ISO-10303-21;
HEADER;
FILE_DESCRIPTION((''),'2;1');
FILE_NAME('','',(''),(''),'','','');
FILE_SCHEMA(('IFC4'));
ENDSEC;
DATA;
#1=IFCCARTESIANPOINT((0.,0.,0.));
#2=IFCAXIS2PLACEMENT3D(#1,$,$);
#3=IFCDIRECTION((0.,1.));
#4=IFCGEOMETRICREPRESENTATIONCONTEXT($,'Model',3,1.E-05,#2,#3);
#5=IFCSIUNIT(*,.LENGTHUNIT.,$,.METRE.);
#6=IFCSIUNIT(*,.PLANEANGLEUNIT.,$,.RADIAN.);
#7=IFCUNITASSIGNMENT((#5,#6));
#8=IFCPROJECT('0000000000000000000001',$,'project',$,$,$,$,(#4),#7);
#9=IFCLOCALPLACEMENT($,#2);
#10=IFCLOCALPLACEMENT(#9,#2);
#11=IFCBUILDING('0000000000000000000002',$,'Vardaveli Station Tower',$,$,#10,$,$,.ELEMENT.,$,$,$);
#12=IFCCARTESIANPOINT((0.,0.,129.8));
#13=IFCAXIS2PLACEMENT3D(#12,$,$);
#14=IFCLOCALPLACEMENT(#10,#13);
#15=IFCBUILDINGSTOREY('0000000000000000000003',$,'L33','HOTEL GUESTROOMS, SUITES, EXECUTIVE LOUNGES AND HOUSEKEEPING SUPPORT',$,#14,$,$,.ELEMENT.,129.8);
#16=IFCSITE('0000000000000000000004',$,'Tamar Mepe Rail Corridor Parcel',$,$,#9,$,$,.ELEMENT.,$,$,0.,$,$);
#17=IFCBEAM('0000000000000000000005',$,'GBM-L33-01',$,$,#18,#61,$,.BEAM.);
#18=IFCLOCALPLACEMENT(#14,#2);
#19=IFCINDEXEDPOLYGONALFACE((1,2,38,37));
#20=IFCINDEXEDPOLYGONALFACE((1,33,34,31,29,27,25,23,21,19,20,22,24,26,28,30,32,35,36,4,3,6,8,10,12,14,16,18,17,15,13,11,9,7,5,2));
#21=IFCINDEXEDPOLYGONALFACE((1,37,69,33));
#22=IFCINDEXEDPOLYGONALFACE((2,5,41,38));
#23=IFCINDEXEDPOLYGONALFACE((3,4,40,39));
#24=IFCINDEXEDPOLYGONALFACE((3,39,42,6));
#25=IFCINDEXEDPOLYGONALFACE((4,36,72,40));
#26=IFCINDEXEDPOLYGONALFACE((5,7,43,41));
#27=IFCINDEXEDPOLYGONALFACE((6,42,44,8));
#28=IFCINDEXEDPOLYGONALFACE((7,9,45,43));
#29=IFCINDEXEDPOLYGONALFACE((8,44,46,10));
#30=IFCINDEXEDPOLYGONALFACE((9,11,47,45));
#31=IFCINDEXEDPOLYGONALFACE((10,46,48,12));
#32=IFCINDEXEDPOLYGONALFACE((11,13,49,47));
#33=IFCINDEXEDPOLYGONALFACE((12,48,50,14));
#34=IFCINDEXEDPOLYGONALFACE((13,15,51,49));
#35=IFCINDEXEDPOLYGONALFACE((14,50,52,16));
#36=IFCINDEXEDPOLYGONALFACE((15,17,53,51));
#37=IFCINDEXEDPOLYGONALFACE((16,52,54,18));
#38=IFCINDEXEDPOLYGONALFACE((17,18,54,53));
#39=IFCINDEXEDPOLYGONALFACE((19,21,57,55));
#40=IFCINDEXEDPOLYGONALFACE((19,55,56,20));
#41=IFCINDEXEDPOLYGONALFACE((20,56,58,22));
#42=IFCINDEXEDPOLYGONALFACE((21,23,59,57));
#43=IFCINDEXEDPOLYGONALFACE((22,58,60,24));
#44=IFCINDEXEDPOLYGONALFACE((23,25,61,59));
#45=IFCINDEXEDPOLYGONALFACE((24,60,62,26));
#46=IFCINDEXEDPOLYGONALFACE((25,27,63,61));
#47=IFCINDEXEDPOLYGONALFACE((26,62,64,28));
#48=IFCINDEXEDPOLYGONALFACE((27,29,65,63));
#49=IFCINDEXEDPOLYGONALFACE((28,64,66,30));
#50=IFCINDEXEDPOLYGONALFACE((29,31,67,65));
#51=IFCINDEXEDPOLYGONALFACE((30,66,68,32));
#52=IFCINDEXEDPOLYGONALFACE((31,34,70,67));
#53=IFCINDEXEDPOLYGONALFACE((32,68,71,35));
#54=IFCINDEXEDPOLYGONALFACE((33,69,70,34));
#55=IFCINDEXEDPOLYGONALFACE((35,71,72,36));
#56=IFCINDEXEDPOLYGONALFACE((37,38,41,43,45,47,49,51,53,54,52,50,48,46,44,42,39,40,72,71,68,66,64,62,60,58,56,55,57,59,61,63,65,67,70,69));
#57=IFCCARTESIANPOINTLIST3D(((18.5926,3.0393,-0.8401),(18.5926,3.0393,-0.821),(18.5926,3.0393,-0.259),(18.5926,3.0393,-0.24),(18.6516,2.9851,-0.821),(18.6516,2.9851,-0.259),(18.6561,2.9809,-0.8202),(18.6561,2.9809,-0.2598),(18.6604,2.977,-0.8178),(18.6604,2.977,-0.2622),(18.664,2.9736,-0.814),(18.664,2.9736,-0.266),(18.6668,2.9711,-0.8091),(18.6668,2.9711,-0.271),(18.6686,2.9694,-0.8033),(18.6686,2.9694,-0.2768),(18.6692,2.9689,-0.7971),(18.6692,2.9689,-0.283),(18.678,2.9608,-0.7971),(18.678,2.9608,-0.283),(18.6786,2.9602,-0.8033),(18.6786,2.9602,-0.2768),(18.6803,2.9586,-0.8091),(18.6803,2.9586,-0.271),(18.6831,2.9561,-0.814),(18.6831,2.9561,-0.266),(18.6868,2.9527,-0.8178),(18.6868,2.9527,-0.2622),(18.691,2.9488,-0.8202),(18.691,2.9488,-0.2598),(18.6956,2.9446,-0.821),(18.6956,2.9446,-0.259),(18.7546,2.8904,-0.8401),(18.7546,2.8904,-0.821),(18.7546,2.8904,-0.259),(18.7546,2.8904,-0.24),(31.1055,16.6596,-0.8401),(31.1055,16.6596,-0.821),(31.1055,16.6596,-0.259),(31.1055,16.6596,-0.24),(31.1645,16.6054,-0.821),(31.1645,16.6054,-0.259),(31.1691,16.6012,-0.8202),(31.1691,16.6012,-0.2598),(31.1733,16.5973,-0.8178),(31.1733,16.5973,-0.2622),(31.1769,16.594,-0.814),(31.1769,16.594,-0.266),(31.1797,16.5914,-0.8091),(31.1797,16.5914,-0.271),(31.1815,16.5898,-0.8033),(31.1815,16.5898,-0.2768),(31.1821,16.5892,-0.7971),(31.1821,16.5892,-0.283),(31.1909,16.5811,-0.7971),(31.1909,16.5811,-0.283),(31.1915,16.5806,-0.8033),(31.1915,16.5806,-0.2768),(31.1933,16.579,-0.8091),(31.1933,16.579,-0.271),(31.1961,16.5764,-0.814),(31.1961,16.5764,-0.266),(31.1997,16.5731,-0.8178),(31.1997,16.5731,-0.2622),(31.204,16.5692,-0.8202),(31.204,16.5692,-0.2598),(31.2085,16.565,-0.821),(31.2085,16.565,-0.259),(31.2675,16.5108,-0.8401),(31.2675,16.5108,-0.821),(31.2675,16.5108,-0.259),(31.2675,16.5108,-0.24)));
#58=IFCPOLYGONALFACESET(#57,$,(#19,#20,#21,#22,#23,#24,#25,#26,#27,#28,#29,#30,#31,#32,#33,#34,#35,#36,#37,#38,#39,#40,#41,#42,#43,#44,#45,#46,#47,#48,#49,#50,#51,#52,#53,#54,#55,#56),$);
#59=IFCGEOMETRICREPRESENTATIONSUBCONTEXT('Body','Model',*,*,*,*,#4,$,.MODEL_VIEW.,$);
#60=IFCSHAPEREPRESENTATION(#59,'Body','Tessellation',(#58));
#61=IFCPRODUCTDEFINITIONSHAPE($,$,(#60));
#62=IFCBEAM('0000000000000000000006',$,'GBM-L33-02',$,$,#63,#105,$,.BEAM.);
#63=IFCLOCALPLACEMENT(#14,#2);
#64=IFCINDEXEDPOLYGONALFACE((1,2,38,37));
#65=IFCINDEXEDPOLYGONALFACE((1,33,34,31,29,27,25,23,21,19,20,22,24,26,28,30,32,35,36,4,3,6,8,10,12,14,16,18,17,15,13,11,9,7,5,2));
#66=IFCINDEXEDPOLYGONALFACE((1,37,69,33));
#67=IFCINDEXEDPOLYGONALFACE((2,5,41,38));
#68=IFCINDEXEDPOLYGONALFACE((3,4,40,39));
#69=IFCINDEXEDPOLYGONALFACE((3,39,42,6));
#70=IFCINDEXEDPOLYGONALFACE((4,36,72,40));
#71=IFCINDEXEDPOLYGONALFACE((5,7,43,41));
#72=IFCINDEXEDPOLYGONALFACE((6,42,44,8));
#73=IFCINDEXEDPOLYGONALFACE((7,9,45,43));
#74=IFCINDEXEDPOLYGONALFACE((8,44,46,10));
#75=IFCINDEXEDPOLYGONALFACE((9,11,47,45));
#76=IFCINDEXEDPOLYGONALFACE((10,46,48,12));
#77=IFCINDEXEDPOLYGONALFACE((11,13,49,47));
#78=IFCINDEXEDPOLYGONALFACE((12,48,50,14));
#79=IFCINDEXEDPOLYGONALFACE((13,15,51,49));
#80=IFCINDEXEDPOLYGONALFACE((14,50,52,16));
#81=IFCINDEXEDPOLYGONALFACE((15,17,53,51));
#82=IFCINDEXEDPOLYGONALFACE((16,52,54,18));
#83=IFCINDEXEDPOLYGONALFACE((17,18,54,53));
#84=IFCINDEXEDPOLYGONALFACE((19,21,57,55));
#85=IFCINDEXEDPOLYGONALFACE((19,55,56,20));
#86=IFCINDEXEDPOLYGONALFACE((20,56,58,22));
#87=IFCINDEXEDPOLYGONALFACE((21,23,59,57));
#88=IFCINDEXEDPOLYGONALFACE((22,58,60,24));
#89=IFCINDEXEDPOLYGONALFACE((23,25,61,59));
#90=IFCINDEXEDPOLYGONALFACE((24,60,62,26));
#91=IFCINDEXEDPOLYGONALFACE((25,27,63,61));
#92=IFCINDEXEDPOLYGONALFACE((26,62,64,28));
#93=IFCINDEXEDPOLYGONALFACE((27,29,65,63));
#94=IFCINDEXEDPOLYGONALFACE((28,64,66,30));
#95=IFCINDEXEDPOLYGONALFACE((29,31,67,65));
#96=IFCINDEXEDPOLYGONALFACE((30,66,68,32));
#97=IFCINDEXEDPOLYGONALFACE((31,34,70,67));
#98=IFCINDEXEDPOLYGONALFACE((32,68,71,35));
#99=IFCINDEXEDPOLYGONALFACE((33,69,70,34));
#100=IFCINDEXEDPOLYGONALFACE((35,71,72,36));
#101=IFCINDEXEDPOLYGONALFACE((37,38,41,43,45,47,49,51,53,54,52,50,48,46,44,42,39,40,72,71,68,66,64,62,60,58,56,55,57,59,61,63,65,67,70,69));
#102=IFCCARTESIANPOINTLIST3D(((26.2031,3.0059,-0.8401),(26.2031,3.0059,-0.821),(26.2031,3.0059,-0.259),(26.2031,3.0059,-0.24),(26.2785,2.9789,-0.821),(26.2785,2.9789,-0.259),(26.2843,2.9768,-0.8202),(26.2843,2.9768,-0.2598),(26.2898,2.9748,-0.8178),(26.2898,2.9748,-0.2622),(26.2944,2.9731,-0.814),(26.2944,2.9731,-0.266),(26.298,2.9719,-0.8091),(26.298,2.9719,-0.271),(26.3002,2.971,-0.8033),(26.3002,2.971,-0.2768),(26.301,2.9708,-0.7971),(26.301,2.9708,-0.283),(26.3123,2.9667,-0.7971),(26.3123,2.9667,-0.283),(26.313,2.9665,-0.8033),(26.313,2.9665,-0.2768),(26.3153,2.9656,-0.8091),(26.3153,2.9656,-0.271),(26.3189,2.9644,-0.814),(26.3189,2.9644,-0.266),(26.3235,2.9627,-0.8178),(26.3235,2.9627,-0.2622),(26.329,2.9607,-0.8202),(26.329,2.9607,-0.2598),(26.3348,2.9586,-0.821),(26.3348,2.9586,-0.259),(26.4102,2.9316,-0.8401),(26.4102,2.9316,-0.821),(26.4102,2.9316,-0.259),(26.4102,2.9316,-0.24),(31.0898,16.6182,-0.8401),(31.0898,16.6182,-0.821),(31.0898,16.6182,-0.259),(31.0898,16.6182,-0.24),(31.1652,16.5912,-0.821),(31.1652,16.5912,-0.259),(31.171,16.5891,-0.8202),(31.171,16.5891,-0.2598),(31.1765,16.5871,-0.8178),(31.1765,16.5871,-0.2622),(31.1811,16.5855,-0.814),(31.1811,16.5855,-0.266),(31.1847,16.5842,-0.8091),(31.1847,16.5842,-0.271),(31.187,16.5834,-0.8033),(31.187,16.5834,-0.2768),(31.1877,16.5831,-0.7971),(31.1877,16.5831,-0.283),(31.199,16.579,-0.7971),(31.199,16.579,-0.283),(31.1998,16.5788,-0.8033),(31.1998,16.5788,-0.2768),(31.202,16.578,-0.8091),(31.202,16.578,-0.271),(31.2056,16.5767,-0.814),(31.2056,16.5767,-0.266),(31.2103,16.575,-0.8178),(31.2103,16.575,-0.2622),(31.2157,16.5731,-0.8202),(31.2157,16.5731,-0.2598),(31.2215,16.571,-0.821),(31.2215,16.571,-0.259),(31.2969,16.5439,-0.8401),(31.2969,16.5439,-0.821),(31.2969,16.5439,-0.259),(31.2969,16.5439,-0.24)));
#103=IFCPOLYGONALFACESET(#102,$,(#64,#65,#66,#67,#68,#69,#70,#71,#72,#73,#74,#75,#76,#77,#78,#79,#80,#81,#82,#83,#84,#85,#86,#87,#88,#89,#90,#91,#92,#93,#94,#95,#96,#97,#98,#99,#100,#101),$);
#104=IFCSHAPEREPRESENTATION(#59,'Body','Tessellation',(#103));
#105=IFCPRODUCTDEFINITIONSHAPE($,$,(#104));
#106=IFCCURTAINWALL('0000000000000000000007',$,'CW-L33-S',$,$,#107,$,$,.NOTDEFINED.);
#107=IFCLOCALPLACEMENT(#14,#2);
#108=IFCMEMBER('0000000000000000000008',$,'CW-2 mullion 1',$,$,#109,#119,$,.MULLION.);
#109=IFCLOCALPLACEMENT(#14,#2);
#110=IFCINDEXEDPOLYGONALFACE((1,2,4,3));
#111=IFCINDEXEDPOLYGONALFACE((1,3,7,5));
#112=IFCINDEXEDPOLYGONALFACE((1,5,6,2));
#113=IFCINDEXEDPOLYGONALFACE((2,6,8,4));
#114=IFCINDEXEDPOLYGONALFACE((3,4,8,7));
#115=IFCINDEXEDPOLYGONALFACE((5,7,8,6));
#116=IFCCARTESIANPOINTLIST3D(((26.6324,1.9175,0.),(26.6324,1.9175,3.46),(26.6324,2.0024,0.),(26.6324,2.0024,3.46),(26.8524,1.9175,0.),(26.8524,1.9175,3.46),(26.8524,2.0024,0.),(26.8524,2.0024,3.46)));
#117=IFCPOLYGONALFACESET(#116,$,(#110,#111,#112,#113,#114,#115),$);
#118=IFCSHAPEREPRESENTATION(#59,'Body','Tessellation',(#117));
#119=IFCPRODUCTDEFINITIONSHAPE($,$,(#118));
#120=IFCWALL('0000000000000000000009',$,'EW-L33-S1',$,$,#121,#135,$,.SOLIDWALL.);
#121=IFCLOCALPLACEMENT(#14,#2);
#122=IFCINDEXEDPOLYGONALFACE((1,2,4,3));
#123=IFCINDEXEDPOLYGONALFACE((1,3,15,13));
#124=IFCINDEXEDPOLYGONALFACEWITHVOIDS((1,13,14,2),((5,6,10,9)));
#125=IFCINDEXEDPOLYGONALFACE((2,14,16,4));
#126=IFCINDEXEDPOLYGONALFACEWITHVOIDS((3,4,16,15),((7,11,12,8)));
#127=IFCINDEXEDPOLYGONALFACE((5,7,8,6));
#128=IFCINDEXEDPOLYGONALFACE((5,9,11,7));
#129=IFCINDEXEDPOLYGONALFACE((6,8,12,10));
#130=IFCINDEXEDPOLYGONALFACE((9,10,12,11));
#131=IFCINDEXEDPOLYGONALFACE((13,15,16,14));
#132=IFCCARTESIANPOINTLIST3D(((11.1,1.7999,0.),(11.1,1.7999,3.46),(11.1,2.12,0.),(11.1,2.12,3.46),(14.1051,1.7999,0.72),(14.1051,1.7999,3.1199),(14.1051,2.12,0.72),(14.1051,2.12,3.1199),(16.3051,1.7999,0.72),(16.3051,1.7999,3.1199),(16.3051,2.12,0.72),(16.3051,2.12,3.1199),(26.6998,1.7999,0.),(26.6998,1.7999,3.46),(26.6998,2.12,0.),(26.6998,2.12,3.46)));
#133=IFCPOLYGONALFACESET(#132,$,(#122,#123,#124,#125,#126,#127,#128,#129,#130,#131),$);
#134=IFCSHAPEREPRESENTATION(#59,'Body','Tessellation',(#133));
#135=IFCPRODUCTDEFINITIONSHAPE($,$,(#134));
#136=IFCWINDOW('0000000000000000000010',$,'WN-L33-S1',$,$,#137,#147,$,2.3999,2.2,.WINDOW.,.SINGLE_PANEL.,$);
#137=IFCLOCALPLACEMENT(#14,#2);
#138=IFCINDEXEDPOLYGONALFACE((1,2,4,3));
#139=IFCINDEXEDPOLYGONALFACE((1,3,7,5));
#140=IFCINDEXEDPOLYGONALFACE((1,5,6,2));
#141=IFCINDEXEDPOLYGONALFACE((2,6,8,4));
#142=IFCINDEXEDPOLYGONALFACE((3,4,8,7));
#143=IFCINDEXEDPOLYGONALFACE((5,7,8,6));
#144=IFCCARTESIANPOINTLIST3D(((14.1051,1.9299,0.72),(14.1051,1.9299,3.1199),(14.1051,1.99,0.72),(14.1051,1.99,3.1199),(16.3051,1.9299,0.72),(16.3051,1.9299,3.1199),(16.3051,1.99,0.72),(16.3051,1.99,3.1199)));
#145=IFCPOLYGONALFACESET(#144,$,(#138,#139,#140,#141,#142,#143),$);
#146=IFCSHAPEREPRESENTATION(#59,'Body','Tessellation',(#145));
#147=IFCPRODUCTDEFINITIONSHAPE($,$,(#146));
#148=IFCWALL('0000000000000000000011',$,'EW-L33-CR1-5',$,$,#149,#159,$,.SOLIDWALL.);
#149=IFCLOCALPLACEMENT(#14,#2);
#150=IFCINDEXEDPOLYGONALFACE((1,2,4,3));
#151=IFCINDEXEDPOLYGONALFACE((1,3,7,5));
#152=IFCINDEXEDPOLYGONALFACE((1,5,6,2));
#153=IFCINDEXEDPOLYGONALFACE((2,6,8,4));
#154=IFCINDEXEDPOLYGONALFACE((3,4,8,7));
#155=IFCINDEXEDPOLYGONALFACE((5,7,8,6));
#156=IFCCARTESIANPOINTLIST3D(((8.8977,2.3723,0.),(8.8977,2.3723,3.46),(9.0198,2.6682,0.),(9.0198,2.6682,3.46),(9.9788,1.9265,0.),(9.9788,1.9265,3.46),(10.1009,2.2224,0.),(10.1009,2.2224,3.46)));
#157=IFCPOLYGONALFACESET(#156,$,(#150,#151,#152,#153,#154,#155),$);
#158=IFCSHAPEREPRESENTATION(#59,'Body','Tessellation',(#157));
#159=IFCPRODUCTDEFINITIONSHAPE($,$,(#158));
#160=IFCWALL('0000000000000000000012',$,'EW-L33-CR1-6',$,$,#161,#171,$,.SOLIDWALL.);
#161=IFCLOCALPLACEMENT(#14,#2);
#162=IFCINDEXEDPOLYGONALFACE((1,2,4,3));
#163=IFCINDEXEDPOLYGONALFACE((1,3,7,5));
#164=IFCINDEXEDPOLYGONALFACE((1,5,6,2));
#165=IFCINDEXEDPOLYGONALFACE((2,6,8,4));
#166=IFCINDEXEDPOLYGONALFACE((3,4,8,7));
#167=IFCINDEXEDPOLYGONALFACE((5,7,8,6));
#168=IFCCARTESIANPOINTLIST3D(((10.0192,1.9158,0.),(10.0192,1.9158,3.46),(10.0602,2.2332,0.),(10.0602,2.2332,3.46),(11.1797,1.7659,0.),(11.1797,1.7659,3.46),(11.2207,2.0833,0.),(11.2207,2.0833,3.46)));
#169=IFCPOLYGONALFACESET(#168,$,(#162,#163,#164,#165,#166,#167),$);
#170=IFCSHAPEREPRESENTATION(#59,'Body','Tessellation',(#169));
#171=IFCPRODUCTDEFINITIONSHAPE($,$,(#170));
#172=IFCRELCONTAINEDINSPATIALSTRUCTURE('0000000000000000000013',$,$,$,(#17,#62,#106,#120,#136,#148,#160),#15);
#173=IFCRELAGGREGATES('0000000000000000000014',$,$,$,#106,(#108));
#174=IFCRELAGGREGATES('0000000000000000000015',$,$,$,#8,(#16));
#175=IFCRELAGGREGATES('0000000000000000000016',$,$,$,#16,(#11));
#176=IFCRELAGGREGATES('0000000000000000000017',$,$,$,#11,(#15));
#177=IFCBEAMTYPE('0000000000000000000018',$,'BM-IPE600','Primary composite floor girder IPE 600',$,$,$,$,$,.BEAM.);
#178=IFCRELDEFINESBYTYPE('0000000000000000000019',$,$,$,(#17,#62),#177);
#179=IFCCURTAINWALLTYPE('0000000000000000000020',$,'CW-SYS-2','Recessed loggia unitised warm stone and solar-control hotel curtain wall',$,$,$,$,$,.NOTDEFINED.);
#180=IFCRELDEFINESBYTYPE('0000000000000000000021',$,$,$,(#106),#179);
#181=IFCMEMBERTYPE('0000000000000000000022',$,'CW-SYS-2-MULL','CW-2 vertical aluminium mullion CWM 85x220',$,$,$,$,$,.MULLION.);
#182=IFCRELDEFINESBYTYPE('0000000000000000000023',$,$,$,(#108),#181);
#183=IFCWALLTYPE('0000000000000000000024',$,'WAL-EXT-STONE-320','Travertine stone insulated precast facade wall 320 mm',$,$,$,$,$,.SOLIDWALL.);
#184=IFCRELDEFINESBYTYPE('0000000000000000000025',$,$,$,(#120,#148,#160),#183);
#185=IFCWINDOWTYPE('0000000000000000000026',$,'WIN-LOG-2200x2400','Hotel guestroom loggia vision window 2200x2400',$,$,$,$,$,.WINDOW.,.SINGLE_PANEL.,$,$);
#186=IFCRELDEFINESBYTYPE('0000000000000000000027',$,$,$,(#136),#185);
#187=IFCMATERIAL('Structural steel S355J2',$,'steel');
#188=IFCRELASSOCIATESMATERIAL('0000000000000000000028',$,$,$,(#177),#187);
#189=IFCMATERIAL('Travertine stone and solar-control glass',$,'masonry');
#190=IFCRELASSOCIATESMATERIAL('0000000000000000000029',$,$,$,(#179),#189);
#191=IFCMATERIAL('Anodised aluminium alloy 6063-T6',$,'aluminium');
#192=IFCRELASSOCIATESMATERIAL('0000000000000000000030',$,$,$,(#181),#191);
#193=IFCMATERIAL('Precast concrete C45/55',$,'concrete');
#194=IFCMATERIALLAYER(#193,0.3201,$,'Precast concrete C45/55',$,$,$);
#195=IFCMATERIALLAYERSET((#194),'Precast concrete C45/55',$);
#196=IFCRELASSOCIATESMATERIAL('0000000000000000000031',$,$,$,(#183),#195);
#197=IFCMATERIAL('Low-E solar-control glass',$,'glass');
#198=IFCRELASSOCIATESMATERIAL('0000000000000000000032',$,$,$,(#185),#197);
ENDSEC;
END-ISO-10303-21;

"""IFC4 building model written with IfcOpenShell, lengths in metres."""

from ifc_helpers import new_model, si_unit, direction, frame, frame_2d, origin, origin_2d, place, context, subcontext, project, spatial, rectangle, i_section, extrude, source, transform, mapped, material, layer, layer_set, material_profile, profile_set, type_object, element, fill, aggregate, save


model = new_model("IFC4")

# Units and contexts
model_context = context("Model", 3, precision=1e-05, world=origin(), true_north=direction((0.0, 1.0)))
body_context = subcontext(model_context, "Body", "Model", "MODEL_VIEW")
ifc_project = project(units=[si_unit("LENGTHUNIT", "METRE"), si_unit("PLANEANGLEUNIT", "RADIAN")], contexts=[model_context])

# Site, building, storey
site_placement = place(None, origin())
site = spatial("IfcSite", under=ifc_project, at=site_placement, Name="Tamar Mepe Rail Corridor Parcel", CompositionType="ELEMENT", RefElevation=0.0)
building_placement = place(site_placement, origin())
building = spatial("IfcBuilding", under=site, at=building_placement, Name="Vardaveli Station Tower", CompositionType="ELEMENT")
storey_placement = place(building_placement, frame((0.0, 0.0, 129.8)))
storey = spatial("IfcBuildingStorey", under=building, at=storey_placement, Name="L33", Description="HOTEL GUESTROOMS, SUITES, EXECUTIVE LOUNGES AND HOUSEKEEPING SUPPORT", CompositionType="ELEMENT", Elevation=129.8)

# Beams
ifc_material_1 = material(Name="Precast concrete C45/55", Category="concrete")
ifc_material_2 = material(Name="Structural steel S355J2", Category="steel")
ifc_material_profile_1 = material_profile(ifc_material_2, i_section(OverallWidth=0.22, OverallDepth=0.6001, WebThickness=0.012, FlangeThickness=0.019, FilletRadius=0.0239, at=origin_2d()), Name="IPE 600")
ifc_profile_set_1 = profile_set([ifc_material_profile_1], Name="Structural steel S355J2")
beam_type_1 = type_object("IfcBeamType", Name="BM-IPE600", Description="Primary composite floor girder IPE 600", PredefinedType="BEAM", material=ifc_profile_set_1)
shared_shape_1 = source(origin(), body_context, "Body", "SweptSolid", [
    extrude(i_section(OverallWidth=0.22, OverallDepth=0.6001, WebThickness=0.012, FlangeThickness=0.019, FilletRadius=0.0239, at=origin_2d()), origin(), (0.0, 0.0, 1.0), 18.4956),
])
beam_1_placement = place(storey_placement, frame((18.6736, 2.9648, -0.54), z_axis=(0.676535, 0.73641, 0.0), x_axis=(-0.73641, 0.676535, 0.0)))
element("IfcBeam", 1, at=beam_1_placement, inside=storey, type_object=beam_type_1, Name="GBM-L33-01", PredefinedType="BEAM", context=body_context, shape_type="MappedRepresentation", body=[
    mapped(shared_shape_1, transform((0.0, 0.0, 0.0), scale=1.0)),
])
shared_shape_2 = source(origin(), body_context, "Body", "SweptSolid", [
    extrude(i_section(OverallWidth=0.22, OverallDepth=0.6001, WebThickness=0.012, FlangeThickness=0.019, FilletRadius=0.0239, at=origin_2d()), origin(), (0.0, 0.0, 1.0), 14.4629),
])
beam_2_placement = place(storey_placement, frame((26.3066, 2.9688, -0.54), z_axis=(0.33788, 0.941189, 0.0), x_axis=(-0.941189, 0.33788, 0.0)))
element("IfcBeam", 2, at=beam_2_placement, inside=storey, type_object=beam_type_1, Name="GBM-L33-02", PredefinedType="BEAM", context=body_context, shape_type="MappedRepresentation", body=[
    mapped(shared_shape_2, transform((0.0, 0.0, 0.0), scale=1.0)),
])

# Curtain wall, member
ifc_material_3 = material(Name="Travertine stone and solar-control glass", Category="masonry")
curtain_wall_type = type_object("IfcCurtainWallType", Name="CW-SYS-2", Description="Recessed loggia unitised warm stone and solar-control hotel curtain wall", PredefinedType="NOTDEFINED", material=ifc_material_3)
curtain_wall_placement = place(storey_placement, origin())
curtain_wall = element("IfcCurtainWall", 3, at=curtain_wall_placement, inside=storey, type_object=curtain_wall_type, Name="CW-L33-S", PredefinedType="NOTDEFINED")
ifc_material_4 = material(Name="Anodised aluminium alloy 6063-T6", Category="aluminium")
ifc_material_profile_2 = material_profile(ifc_material_4, rectangle(XDim=0.085, YDim=0.22, at=origin_2d()), Name="CWM 85x220")
ifc_profile_set_2 = profile_set([ifc_material_profile_2], Name="Anodised aluminium alloy 6063-T6")
member_type = type_object("IfcMemberType", Name="CW-SYS-2-MULL", Description="CW-2 vertical aluminium mullion CWM 85x220", PredefinedType="MULLION", material=ifc_profile_set_2)
shared_shape_3 = source(origin(), body_context, "Body", "SweptSolid", [
    extrude(rectangle(XDim=0.085, YDim=0.22, at=origin_2d()), origin(), (0.0, 0.0, 1.0), 3.46),
])
member_placement = place(storey_placement, frame((26.7424, 1.96, 0.0), z_axis=(0.0, 0.0, 1.0), x_axis=(0.0, 1.0, 0.0)))
member = element("IfcMember", 4, at=member_placement, type_object=member_type, Name="CW-2 mullion 1", PredefinedType="MULLION", context=body_context, shape_type="MappedRepresentation", body=[
    mapped(shared_shape_3, transform((0.0, 0.0, 0.0), scale=1.0)),
])
aggregate(curtain_wall, [member])

# Wall, opening, window
ifc_layer_1 = layer(ifc_material_1, 0.3201, Name="Precast concrete C45/55")
ifc_layer_set_1 = layer_set([ifc_layer_1], Name="Precast concrete C45/55")
wall_type_1 = type_object("IfcWallType", Name="WAL-EXT-STONE-320", Description="Travertine stone insulated precast facade wall 320 mm", PredefinedType="SOLIDWALL", material=ifc_layer_set_1)
shared_shape_4 = source(origin(), body_context, "Body", "SweptSolid", [
    extrude(rectangle(XDim=15.5999, YDim=0.3201, at=frame_2d((7.7998, 0.0))), origin(), (0.0, 0.0, 1.0), 3.46),
])
wall_1_placement = place(storey_placement, frame((11.1001, 1.96, 0.0), z_axis=(0.0, 0.0, 1.0), x_axis=(1.0, 0.0, 0.0)))
wall_1 = element("IfcWall", 5, at=wall_1_placement, inside=storey, type_object=wall_type_1, Name="EW-L33-S1", PredefinedType="SOLIDWALL", context=body_context, shape_type="MappedRepresentation", body=[
    mapped(shared_shape_4, transform((0.0, 0.0, 0.0), scale=1.0)),
])
shared_shape_5 = source(origin(), body_context, "Body", "SweptSolid", [
    extrude(rectangle(XDim=2.2, YDim=2.3999, at=frame_2d((1.1001, 1.2))), frame((0.0, 0.1699, 0.0), z_axis=(0.0, -1.0, 0.0), x_axis=(1.0, 0.0, 0.0)), (0.0, 0.0, 1.0), 0.3401),
])
opening_1_placement = place(wall_1_placement, frame((3.0049, 0.0, 0.72)))
opening_1 = element("IfcOpeningElement", 6, at=opening_1_placement, cuts=wall_1, PredefinedType="OPENING", context=body_context, shape_type="MappedRepresentation", body=[
    mapped(shared_shape_5, transform((0.0, 0.0, 0.0), scale=1.0)),
])
ifc_material_5 = material(Name="Low-E solar-control glass", Category="glass")
window_type = type_object("IfcWindowType", Name="WIN-LOG-2200x2400", Description="Hotel guestroom loggia vision window 2200x2400", PartitioningType="SINGLE_PANEL", PredefinedType="WINDOW", material=ifc_material_5)
shared_shape_6 = source(origin(), body_context, "Body", "SweptSolid", [
    extrude(rectangle(XDim=2.2, YDim=2.3999, at=frame_2d((1.1001, 1.2))), frame((0.0, 0.03, 0.0), z_axis=(0.0, -1.0, 0.0), x_axis=(1.0, 0.0, 0.0)), (0.0, 0.0, 1.0), 0.0601),
])
window_placement = place(opening_1_placement, origin())
window = element("IfcWindow", 7, at=window_placement, inside=storey, type_object=window_type, Name="WN-L33-S1", OverallHeight=2.3999, OverallWidth=2.2, PartitioningType="SINGLE_PANEL", PredefinedType="WINDOW", context=body_context, shape_type="MappedRepresentation", body=[
    mapped(shared_shape_6, transform((0.0, 0.0, 0.0), scale=1.0)),
])
fill(opening_1, window)

# Walls
shared_shape_7 = source(origin(), body_context, "Body", "SweptSolid", [
    extrude(rectangle(XDim=1.1694, YDim=0.3201, at=frame_2d((0.5847, 0.0))), origin(), (0.0, 0.0, 1.0), 3.46),
])
wall_2_placement = place(storey_placement, frame((8.9587, 2.5203, 0.0), z_axis=(0.0, 0.0, 1.0), x_axis=(0.924479, -0.381233, 0.0)))
element("IfcWall", 8, at=wall_2_placement, inside=storey, type_object=wall_type_1, Name="EW-L33-CR1-5", PredefinedType="SOLIDWALL", context=body_context, shape_type="MappedRepresentation", body=[
    mapped(shared_shape_7, transform((0.0, 0.0, 0.0), scale=1.0)),
])
shared_shape_8 = source(origin(), body_context, "Body", "SweptSolid", [
    extrude(rectangle(XDim=1.1702, YDim=0.3201, at=frame_2d((0.585, 0.0))), origin(), (0.0, 0.0, 1.0), 3.46),
])
wall_3_placement = place(storey_placement, frame((10.0398, 2.0745, 0.0), z_axis=(0.0, 0.0, 1.0), x_axis=(0.991762, -0.12809, 0.0)))
element("IfcWall", 9, at=wall_3_placement, inside=storey, type_object=wall_type_1, Name="EW-L33-CR1-6", PredefinedType="SOLIDWALL", context=body_context, shape_type="MappedRepresentation", body=[
    mapped(shared_shape_8, transform((0.0, 0.0, 0.0), scale=1.0)),
])

save(model, "model.ifc")
